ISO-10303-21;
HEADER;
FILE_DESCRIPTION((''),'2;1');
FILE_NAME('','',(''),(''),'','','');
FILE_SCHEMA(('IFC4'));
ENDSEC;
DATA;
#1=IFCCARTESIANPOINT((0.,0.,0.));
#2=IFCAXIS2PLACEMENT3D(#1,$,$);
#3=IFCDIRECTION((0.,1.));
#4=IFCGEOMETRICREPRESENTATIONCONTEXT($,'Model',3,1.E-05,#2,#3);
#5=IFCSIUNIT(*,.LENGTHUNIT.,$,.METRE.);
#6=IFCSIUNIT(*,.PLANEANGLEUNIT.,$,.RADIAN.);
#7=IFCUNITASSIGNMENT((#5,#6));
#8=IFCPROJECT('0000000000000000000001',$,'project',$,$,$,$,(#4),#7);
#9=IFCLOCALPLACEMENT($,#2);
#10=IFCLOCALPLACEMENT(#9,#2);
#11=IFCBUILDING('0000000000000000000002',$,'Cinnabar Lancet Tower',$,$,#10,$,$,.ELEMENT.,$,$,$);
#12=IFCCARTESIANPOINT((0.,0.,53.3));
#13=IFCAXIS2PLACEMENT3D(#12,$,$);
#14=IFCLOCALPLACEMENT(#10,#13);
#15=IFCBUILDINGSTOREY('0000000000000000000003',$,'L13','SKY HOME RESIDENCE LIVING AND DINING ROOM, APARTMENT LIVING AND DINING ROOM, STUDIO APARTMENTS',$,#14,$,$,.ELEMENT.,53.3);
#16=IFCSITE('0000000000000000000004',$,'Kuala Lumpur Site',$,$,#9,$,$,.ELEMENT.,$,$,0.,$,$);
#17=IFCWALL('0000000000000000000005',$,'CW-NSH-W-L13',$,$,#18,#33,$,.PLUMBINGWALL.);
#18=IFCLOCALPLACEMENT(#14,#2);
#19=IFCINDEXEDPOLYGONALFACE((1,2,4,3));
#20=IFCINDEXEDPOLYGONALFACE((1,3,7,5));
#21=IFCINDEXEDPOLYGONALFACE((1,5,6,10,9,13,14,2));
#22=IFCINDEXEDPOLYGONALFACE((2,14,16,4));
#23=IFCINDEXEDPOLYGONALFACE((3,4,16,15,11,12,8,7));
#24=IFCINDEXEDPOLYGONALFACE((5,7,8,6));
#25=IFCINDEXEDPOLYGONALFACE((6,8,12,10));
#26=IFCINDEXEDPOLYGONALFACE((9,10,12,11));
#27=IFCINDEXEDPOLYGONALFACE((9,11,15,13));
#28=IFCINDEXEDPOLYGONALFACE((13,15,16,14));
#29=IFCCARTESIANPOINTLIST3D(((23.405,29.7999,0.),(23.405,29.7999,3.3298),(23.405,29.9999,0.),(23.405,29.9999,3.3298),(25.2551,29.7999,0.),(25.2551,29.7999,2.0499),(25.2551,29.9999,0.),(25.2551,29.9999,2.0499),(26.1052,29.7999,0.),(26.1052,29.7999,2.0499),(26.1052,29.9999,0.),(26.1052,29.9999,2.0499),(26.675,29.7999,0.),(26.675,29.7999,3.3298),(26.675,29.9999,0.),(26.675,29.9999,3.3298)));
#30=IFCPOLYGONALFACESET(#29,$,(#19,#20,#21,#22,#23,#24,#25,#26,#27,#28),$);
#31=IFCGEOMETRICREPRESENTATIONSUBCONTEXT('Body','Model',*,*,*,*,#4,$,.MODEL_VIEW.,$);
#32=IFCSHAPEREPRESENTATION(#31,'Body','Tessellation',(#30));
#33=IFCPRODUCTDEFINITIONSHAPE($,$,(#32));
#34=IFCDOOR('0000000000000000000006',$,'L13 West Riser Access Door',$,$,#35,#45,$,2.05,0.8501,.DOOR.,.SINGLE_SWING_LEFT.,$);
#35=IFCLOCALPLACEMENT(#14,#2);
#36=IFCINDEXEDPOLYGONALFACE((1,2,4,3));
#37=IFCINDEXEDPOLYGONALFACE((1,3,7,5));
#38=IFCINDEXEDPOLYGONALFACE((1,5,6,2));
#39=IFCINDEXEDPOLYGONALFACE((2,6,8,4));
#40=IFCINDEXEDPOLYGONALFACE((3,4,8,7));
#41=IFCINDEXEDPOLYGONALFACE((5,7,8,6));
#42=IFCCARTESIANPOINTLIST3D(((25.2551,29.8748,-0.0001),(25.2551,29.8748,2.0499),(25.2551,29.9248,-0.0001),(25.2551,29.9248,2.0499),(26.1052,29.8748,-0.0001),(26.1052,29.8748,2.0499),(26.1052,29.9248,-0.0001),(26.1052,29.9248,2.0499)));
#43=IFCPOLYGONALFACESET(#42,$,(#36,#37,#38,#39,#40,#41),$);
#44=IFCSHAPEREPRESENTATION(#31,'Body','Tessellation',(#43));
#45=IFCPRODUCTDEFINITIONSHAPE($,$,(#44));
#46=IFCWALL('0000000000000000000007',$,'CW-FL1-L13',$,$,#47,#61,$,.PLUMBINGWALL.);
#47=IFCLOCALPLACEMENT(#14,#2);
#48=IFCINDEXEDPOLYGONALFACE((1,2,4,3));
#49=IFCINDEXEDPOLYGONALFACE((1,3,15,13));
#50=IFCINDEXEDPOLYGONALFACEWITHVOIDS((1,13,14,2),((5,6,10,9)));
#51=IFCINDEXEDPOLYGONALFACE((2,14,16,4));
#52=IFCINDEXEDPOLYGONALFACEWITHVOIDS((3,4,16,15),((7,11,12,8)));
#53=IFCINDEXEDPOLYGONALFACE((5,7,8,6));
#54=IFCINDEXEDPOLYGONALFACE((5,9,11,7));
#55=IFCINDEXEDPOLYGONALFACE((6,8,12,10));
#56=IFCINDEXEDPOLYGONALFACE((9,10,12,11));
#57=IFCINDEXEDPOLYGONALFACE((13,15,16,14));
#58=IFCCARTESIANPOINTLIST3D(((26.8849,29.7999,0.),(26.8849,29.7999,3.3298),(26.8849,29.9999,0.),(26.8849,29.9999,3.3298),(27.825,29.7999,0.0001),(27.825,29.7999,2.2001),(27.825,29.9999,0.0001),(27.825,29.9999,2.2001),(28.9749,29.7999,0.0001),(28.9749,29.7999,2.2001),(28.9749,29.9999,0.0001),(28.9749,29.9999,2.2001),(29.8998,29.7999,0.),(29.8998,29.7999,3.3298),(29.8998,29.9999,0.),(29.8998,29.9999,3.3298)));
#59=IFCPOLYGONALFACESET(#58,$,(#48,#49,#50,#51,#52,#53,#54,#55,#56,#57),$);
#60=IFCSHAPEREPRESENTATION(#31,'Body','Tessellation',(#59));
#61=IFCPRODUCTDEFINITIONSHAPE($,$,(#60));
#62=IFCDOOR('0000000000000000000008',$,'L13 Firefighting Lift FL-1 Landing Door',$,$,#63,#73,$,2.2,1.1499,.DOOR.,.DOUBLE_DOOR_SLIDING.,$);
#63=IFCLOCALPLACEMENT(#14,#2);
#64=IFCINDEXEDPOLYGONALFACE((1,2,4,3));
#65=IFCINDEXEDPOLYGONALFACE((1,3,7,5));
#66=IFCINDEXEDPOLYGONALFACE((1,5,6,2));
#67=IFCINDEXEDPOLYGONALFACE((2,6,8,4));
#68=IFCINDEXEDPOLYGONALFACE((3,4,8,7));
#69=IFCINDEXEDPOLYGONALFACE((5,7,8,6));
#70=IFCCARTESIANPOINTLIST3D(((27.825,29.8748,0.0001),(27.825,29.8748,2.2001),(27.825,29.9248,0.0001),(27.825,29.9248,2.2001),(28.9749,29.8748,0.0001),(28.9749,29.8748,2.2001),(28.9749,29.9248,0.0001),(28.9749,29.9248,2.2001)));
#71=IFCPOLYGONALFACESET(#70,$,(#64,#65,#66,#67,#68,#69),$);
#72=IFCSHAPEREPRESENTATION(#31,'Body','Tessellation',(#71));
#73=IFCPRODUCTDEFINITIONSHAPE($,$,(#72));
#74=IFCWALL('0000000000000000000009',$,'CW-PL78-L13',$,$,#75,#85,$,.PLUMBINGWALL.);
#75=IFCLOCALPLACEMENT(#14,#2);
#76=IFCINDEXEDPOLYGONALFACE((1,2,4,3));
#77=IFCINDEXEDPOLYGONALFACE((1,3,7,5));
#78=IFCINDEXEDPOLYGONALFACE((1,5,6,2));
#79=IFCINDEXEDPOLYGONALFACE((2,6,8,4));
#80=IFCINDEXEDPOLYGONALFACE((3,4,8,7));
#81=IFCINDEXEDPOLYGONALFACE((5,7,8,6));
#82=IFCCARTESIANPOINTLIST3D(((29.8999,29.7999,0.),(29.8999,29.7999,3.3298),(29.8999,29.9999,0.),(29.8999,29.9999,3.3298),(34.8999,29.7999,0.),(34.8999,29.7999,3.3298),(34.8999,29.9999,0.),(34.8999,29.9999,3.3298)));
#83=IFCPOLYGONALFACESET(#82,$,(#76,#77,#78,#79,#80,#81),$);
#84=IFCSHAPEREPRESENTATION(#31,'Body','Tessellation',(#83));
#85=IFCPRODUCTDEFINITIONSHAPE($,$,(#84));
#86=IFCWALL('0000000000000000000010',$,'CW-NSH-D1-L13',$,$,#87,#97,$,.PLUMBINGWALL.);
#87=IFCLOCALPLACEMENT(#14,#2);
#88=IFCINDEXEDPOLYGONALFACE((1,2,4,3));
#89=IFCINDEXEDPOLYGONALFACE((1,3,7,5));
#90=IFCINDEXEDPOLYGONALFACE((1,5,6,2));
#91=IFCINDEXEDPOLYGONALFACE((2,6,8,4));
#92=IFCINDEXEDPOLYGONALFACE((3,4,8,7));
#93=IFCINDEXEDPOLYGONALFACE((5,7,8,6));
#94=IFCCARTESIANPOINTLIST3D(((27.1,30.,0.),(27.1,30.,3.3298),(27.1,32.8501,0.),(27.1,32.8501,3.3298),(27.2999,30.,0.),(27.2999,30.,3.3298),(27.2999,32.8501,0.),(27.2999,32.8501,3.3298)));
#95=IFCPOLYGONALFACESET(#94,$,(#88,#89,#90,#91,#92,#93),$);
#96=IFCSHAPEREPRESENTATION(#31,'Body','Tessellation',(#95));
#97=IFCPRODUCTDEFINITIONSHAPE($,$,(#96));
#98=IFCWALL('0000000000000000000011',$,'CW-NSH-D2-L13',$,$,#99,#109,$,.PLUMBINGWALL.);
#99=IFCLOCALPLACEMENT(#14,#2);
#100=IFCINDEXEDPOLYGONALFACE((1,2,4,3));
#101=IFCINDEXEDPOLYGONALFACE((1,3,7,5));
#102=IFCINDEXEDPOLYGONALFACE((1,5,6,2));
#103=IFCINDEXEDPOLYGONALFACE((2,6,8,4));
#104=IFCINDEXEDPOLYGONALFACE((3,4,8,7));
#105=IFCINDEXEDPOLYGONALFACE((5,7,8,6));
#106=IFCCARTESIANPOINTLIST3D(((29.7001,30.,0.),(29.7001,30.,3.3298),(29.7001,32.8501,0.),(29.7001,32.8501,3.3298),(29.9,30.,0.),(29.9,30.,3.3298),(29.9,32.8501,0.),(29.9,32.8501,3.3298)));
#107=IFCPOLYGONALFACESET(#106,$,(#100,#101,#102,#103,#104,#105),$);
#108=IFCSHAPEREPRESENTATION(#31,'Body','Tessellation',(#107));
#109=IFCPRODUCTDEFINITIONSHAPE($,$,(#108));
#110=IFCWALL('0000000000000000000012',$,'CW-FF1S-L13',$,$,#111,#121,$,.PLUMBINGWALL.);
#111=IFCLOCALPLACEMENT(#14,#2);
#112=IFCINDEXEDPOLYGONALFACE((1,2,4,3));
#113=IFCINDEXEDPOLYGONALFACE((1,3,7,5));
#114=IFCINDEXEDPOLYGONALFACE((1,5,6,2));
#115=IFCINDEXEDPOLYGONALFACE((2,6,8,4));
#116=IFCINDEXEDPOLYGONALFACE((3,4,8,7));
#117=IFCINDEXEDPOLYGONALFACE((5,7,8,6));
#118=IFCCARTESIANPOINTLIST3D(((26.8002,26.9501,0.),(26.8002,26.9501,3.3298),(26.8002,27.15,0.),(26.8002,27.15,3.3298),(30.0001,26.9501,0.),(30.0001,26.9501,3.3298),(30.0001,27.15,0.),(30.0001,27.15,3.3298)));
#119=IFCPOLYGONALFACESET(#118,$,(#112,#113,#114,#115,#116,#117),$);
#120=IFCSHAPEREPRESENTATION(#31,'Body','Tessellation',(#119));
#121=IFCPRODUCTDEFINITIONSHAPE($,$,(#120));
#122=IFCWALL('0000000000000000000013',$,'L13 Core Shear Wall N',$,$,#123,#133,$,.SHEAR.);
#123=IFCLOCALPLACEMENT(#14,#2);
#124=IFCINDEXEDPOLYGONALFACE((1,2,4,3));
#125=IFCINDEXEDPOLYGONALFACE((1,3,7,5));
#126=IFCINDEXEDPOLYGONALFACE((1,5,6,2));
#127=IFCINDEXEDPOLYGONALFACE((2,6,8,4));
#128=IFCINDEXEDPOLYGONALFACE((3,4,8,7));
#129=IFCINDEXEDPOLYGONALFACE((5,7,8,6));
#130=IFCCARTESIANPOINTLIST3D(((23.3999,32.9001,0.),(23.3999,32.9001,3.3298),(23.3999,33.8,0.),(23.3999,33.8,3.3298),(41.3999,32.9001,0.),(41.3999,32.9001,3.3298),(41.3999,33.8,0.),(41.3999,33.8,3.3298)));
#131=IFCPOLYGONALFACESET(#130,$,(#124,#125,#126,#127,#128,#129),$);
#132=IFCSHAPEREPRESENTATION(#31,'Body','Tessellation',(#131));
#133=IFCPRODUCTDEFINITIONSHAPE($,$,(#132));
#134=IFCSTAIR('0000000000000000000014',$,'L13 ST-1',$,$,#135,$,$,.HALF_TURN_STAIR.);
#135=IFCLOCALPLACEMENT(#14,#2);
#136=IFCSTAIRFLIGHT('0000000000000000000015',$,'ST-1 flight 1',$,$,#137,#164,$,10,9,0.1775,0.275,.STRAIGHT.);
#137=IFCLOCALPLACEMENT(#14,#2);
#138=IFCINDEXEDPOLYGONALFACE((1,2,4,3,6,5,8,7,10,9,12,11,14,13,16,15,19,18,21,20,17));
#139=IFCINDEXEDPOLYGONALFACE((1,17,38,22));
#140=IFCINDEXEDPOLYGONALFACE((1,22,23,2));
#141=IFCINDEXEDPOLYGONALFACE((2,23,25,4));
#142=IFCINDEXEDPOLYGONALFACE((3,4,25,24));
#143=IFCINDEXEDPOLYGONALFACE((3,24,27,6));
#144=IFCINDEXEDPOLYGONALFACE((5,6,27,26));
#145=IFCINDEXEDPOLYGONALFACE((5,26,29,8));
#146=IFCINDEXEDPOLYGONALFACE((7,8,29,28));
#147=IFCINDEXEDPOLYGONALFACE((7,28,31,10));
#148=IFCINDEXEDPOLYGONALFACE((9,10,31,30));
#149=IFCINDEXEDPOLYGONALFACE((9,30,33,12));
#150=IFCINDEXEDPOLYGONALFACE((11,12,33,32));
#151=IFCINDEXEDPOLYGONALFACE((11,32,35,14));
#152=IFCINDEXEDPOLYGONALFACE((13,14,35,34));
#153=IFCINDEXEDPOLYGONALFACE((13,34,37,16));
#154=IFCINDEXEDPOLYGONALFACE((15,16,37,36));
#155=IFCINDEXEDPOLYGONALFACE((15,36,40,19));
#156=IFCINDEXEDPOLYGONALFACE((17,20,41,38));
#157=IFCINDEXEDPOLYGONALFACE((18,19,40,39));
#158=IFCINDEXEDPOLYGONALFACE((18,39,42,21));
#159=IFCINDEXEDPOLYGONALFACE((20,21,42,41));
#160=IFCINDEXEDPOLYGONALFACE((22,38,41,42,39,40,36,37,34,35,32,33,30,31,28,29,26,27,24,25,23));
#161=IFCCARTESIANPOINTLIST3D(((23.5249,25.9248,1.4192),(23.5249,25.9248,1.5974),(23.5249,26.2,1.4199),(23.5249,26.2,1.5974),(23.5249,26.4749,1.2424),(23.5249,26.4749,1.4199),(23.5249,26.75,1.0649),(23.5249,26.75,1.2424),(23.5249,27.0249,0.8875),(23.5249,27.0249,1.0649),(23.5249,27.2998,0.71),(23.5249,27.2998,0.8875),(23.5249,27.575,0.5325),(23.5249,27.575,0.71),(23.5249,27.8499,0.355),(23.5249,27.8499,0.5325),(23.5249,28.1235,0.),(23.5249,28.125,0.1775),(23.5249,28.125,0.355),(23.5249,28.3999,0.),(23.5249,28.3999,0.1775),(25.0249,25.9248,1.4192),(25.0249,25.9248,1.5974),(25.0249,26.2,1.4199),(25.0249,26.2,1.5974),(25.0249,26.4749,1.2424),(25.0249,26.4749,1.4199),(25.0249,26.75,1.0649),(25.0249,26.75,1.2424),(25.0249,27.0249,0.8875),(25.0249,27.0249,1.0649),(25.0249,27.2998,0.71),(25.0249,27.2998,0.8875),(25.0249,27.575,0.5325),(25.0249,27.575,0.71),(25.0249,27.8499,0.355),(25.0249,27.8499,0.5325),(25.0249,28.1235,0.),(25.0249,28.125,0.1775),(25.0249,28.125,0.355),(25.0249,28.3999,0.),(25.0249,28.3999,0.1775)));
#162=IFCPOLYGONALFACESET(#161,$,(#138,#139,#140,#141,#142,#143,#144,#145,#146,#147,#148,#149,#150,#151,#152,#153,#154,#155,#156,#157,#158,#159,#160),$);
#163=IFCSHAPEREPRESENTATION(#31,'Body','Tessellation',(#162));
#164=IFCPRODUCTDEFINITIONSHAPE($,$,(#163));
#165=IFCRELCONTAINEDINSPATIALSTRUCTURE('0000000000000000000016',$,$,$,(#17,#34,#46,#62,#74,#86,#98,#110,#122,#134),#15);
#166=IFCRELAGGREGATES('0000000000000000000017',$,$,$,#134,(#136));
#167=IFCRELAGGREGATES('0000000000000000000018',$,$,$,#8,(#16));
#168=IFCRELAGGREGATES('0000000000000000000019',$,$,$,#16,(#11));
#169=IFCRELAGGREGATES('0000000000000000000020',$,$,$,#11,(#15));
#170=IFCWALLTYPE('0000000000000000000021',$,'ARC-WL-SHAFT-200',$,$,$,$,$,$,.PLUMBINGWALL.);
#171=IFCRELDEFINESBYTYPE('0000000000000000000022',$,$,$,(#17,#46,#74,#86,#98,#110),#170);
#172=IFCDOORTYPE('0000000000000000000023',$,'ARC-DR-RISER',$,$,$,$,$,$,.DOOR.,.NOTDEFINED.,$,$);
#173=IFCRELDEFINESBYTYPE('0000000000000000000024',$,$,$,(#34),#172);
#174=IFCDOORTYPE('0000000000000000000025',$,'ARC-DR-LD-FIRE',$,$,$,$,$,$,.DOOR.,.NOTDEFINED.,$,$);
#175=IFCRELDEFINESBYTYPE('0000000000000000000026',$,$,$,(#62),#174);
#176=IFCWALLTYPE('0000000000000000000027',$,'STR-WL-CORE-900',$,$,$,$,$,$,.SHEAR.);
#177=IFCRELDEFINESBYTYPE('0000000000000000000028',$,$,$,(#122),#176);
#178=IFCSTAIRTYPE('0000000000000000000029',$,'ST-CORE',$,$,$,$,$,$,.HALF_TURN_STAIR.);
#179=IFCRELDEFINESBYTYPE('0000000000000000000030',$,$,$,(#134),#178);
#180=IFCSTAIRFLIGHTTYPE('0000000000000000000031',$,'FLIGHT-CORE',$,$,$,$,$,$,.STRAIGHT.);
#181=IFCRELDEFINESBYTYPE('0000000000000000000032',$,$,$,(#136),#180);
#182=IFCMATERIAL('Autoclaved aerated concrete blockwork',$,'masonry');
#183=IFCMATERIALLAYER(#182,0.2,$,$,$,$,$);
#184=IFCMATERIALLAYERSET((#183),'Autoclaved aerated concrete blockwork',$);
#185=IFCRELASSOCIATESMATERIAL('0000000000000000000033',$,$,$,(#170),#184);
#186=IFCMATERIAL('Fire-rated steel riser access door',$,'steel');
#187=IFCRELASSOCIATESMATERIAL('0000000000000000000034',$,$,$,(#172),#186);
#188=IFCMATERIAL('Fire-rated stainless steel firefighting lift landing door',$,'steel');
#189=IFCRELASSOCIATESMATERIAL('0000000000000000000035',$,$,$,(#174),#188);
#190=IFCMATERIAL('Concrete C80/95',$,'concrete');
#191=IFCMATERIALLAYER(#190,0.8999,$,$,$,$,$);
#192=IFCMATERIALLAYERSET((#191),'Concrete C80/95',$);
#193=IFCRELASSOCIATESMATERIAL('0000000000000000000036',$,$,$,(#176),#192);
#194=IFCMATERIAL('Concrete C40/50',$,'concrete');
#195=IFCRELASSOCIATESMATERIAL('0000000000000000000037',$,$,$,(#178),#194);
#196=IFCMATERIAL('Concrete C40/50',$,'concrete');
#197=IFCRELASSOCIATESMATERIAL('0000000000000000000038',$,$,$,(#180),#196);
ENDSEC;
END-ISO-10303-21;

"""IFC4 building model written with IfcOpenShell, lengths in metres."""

from ifc_helpers import new_model, si_unit, direction, frame, frame_2d, origin, place, context, subcontext, project, spatial, polyline, rectangle, outline, extrude, material, layer, layer_set, type_object, element, fill, aggregate, save


model = new_model("IFC4")

# Units and contexts
model_context = context("Model", 3, precision=1e-05, world=origin(), true_north=direction((0.0, 1.0)))
body_context = subcontext(model_context, "Body", "Model", "MODEL_VIEW")
ifc_project = project(units=[si_unit("LENGTHUNIT", "METRE"), si_unit("PLANEANGLEUNIT", "RADIAN")], contexts=[model_context])

# Site, building, storey
site_placement = place(None, origin())
site = spatial("IfcSite", under=ifc_project, at=site_placement, Name="Kuala Lumpur Site", CompositionType="ELEMENT", RefElevation=0.0)
building_placement = place(site_placement, origin())
building = spatial("IfcBuilding", under=site, at=building_placement, Name="Cinnabar Lancet Tower", CompositionType="ELEMENT")
storey_placement = place(building_placement, frame((0.0, 0.0, 53.3)))
storey = spatial("IfcBuildingStorey", under=building, at=storey_placement, Name="L13", Description="SKY HOME RESIDENCE LIVING AND DINING ROOM, APARTMENT LIVING AND DINING ROOM, STUDIO APARTMENTS", CompositionType="ELEMENT", Elevation=53.3)

# Walls, openings, doors
ifc_material_1 = material(Name="Autoclaved aerated concrete blockwork", Category="masonry")
ifc_layer_1 = layer(ifc_material_1, 0.2)
ifc_layer_set_1 = layer_set([ifc_layer_1], Name="Autoclaved aerated concrete blockwork")
wall_type_1 = type_object("IfcWallType", Name="ARC-WL-SHAFT-200", PredefinedType="PLUMBINGWALL", material=ifc_layer_set_1)
wall_1_placement = place(storey_placement, frame((23.405, 29.8999, 0.0), z_axis=(0.0, 0.0, 1.0), x_axis=(1.0, 0.0, 0.0)))
wall_1 = element("IfcWall", 1, at=wall_1_placement, inside=storey, type_object=wall_type_1, Name="CW-NSH-W-L13", PredefinedType="PLUMBINGWALL", context=body_context, shape_type="SweptSolid", body=[
    extrude(rectangle(XDim=3.27, YDim=0.2, at=frame_2d((1.635, 0.0))), origin(), (0.0, 0.0, 1.0), 3.3298),
])
opening_1_placement = place(wall_1_placement, frame((1.8501, 0.0, 0.0)))
opening_1 = element("IfcOpeningElement", 2, at=opening_1_placement, cuts=wall_1, PredefinedType="OPENING", context=body_context, shape_type="SweptSolid", body=[
    extrude(rectangle(XDim=0.8501, YDim=2.05, at=frame_2d((0.425, 1.0249))), frame((0.0, 0.1099, 0.0), z_axis=(0.0, -1.0, 0.0), x_axis=(1.0, 0.0, 0.0)), (0.0, 0.0, 1.0), 0.22),
])
ifc_material_2 = material(Name="Fire-rated steel riser access door", Category="steel")
door_type_1 = type_object("IfcDoorType", Name="ARC-DR-RISER", OperationType="NOTDEFINED", PredefinedType="DOOR", material=ifc_material_2)
door_1_placement = place(opening_1_placement, origin())
door_1 = element("IfcDoor", 3, at=door_1_placement, inside=storey, type_object=door_type_1, Name="L13 West Riser Access Door", OperationType="SINGLE_SWING_LEFT", OverallHeight=2.05, OverallWidth=0.8501, PredefinedType="DOOR", context=body_context, shape_type="SweptSolid", body=[
    extrude(rectangle(XDim=0.8501, YDim=2.05, at=frame_2d((0.425, 1.0249))), frame((0.0, 0.0249, 0.0), z_axis=(0.0, -1.0, 0.0), x_axis=(1.0, 0.0, 0.0)), (0.0, 0.0, 1.0), 0.05),
])
fill(opening_1, door_1)
wall_2_placement = place(storey_placement, frame((26.885, 29.8999, 0.0), z_axis=(0.0, 0.0, 1.0), x_axis=(1.0, 0.0, 0.0)))
wall_2 = element("IfcWall", 4, at=wall_2_placement, inside=storey, type_object=wall_type_1, Name="CW-FL1-L13", PredefinedType="PLUMBINGWALL", context=body_context, shape_type="SweptSolid", body=[
    extrude(rectangle(XDim=3.0149, YDim=0.2, at=frame_2d((1.5073, 0.0))), origin(), (0.0, 0.0, 1.0), 3.3298),
])
opening_2_placement = place(wall_2_placement, frame((0.9399, 0.0, 0.0)))
opening_2 = element("IfcOpeningElement", 5, at=opening_2_placement, cuts=wall_2, PredefinedType="OPENING", context=body_context, shape_type="SweptSolid", body=[
    extrude(rectangle(XDim=1.1499, YDim=2.2, at=frame_2d((0.575, 1.1001))), frame((0.0, 0.1099, 0.0), z_axis=(0.0, -1.0, 0.0), x_axis=(1.0, 0.0, 0.0)), (0.0, 0.0, 1.0), 0.22),
])
ifc_material_3 = material(Name="Fire-rated stainless steel firefighting lift landing door", Category="steel")
door_type_2 = type_object("IfcDoorType", Name="ARC-DR-LD-FIRE", OperationType="NOTDEFINED", PredefinedType="DOOR", material=ifc_material_3)
door_2_placement = place(opening_2_placement, origin())
door_2 = element("IfcDoor", 6, at=door_2_placement, inside=storey, type_object=door_type_2, Name="L13 Firefighting Lift FL-1 Landing Door", OperationType="DOUBLE_DOOR_SLIDING", OverallHeight=2.2, OverallWidth=1.1499, PredefinedType="DOOR", context=body_context, shape_type="SweptSolid", body=[
    extrude(rectangle(XDim=1.1499, YDim=2.2, at=frame_2d((0.575, 1.1001))), frame((0.0, 0.0249, 0.0), z_axis=(0.0, -1.0, 0.0), x_axis=(1.0, 0.0, 0.0)), (0.0, 0.0, 1.0), 0.05),
])
fill(opening_2, door_2)

# Walls
wall_3_placement = place(storey_placement, frame((29.8999, 29.8999, 0.0), z_axis=(0.0, 0.0, 1.0), x_axis=(1.0, 0.0, 0.0)))
element("IfcWall", 7, at=wall_3_placement, inside=storey, type_object=wall_type_1, Name="CW-PL78-L13", PredefinedType="PLUMBINGWALL", context=body_context, shape_type="SweptSolid", body=[
    extrude(rectangle(XDim=5.0, YDim=0.2, at=frame_2d((2.5, 0.0))), origin(), (0.0, 0.0, 1.0), 3.3298),
])
for number, where, z_axis, x_axis, name in (
    (8, (27.2, 30.0, 0.0), (0.0, 0.0, 1.0), (0.0, 1.0, 0.0), "CW-NSH-D1-L13"),
    (9, (29.8, 30.0, 0.0), (0.0, 0.0, 1.0), (0.0, 1.0, 0.0), "CW-NSH-D2-L13"),
):
    element("IfcWall", number, at=place(storey_placement, frame(where, z_axis=z_axis, x_axis=x_axis)), inside=storey, type_object=wall_type_1, Name=name, PredefinedType="PLUMBINGWALL", context=body_context, shape_type="SweptSolid", body=[
        extrude(rectangle(XDim=2.8501, YDim=0.2, at=frame_2d((1.425, 0.0))), origin(), (0.0, 0.0, 1.0), 3.3298),
    ])
wall_4_placement = place(storey_placement, frame((26.8, 27.05, 0.0), z_axis=(0.0, 0.0, 1.0), x_axis=(1.0, 0.0, 0.0)))
element("IfcWall", 10, at=wall_4_placement, inside=storey, type_object=wall_type_1, Name="CW-FF1S-L13", PredefinedType="PLUMBINGWALL", context=body_context, shape_type="SweptSolid", body=[
    extrude(rectangle(XDim=3.2, YDim=0.2, at=frame_2d((1.6001, 0.0))), origin(), (0.0, 0.0, 1.0), 3.3298),
])
ifc_material_4 = material(Name="Concrete C80/95", Category="concrete")
ifc_layer_2 = layer(ifc_material_4, 0.8999)
ifc_layer_set_2 = layer_set([ifc_layer_2], Name="Concrete C80/95")
wall_type_2 = type_object("IfcWallType", Name="STR-WL-CORE-900", PredefinedType="SHEAR", material=ifc_layer_set_2)
wall_5_placement = place(storey_placement, frame((23.3999, 33.3501, 0.0), z_axis=(0.0, 0.0, 1.0), x_axis=(1.0, 0.0, 0.0)))
element("IfcWall", 11, at=wall_5_placement, inside=storey, type_object=wall_type_2, Name="L13 Core Shear Wall N", PredefinedType="SHEAR", context=body_context, shape_type="SweptSolid", body=[
    extrude(rectangle(XDim=18.0, YDim=0.8999, at=frame_2d((9.0, 0.0))), origin(), (0.0, 0.0, 1.0), 3.3298),
])

# Stair, stair flight
ifc_material_5 = material(Name="Concrete C40/50", Category="concrete")
stair_type = type_object("IfcStairType", Name="ST-CORE", PredefinedType="HALF_TURN_STAIR", material=ifc_material_5)
stair_placement = place(storey_placement, origin())
stair = element("IfcStair", 12, at=stair_placement, inside=storey, type_object=stair_type, Name="L13 ST-1", PredefinedType="HALF_TURN_STAIR")
ifc_material_6 = material(Name="Concrete C40/50", Category="concrete")
stair_flight_type = type_object("IfcStairFlightType", Name="FLIGHT-CORE", PredefinedType="STRAIGHT", material=ifc_material_6)
stair_flight_1_placement = place(storey_placement, frame((24.2749, 28.3999, 0.0), z_axis=(0.0, 0.0, 1.0), x_axis=(0.0, -1.0, 0.0)))
stair_flight_1 = element("IfcStairFlight", 13, at=stair_flight_1_placement, type_object=stair_flight_type, Name="ST-1 flight 1", NumberOfRisers=10, NumberOfTreads=9, PredefinedType="STRAIGHT", RiserHeight=0.1775, TreadLength=0.275, context=body_context, shape_type="SweptSolid", body=[
    extrude(outline(polyline([(0.0, 0.0), (0.0, 0.1775), (0.2749, 0.1775), (0.2749, 0.355), (0.55, 0.355), (0.55, 0.5325), (0.825, 0.5325), (0.825, 0.71), (1.1001, 0.71), (1.1001, 0.8875), (1.375, 0.8875), (1.375, 1.0649), (1.6499, 1.0649), (1.6499, 1.2424), (1.925, 1.2424), (1.925, 1.4199), (2.2, 1.4199), (2.2, 1.5974), (2.4751, 1.5974), (2.4751, 1.7749), (2.4751, 1.4192), (0.2764, 0.0), (0.0, 0.0)])), frame((0.0, 0.75, 0.0), z_axis=(0.0, -1.0, 0.0), x_axis=(1.0, 0.0, 0.0)), (0.0, 0.0, 1.0), 1.5),
])
aggregate(stair, [stair_flight_1])

save(model, "model.ifc")
